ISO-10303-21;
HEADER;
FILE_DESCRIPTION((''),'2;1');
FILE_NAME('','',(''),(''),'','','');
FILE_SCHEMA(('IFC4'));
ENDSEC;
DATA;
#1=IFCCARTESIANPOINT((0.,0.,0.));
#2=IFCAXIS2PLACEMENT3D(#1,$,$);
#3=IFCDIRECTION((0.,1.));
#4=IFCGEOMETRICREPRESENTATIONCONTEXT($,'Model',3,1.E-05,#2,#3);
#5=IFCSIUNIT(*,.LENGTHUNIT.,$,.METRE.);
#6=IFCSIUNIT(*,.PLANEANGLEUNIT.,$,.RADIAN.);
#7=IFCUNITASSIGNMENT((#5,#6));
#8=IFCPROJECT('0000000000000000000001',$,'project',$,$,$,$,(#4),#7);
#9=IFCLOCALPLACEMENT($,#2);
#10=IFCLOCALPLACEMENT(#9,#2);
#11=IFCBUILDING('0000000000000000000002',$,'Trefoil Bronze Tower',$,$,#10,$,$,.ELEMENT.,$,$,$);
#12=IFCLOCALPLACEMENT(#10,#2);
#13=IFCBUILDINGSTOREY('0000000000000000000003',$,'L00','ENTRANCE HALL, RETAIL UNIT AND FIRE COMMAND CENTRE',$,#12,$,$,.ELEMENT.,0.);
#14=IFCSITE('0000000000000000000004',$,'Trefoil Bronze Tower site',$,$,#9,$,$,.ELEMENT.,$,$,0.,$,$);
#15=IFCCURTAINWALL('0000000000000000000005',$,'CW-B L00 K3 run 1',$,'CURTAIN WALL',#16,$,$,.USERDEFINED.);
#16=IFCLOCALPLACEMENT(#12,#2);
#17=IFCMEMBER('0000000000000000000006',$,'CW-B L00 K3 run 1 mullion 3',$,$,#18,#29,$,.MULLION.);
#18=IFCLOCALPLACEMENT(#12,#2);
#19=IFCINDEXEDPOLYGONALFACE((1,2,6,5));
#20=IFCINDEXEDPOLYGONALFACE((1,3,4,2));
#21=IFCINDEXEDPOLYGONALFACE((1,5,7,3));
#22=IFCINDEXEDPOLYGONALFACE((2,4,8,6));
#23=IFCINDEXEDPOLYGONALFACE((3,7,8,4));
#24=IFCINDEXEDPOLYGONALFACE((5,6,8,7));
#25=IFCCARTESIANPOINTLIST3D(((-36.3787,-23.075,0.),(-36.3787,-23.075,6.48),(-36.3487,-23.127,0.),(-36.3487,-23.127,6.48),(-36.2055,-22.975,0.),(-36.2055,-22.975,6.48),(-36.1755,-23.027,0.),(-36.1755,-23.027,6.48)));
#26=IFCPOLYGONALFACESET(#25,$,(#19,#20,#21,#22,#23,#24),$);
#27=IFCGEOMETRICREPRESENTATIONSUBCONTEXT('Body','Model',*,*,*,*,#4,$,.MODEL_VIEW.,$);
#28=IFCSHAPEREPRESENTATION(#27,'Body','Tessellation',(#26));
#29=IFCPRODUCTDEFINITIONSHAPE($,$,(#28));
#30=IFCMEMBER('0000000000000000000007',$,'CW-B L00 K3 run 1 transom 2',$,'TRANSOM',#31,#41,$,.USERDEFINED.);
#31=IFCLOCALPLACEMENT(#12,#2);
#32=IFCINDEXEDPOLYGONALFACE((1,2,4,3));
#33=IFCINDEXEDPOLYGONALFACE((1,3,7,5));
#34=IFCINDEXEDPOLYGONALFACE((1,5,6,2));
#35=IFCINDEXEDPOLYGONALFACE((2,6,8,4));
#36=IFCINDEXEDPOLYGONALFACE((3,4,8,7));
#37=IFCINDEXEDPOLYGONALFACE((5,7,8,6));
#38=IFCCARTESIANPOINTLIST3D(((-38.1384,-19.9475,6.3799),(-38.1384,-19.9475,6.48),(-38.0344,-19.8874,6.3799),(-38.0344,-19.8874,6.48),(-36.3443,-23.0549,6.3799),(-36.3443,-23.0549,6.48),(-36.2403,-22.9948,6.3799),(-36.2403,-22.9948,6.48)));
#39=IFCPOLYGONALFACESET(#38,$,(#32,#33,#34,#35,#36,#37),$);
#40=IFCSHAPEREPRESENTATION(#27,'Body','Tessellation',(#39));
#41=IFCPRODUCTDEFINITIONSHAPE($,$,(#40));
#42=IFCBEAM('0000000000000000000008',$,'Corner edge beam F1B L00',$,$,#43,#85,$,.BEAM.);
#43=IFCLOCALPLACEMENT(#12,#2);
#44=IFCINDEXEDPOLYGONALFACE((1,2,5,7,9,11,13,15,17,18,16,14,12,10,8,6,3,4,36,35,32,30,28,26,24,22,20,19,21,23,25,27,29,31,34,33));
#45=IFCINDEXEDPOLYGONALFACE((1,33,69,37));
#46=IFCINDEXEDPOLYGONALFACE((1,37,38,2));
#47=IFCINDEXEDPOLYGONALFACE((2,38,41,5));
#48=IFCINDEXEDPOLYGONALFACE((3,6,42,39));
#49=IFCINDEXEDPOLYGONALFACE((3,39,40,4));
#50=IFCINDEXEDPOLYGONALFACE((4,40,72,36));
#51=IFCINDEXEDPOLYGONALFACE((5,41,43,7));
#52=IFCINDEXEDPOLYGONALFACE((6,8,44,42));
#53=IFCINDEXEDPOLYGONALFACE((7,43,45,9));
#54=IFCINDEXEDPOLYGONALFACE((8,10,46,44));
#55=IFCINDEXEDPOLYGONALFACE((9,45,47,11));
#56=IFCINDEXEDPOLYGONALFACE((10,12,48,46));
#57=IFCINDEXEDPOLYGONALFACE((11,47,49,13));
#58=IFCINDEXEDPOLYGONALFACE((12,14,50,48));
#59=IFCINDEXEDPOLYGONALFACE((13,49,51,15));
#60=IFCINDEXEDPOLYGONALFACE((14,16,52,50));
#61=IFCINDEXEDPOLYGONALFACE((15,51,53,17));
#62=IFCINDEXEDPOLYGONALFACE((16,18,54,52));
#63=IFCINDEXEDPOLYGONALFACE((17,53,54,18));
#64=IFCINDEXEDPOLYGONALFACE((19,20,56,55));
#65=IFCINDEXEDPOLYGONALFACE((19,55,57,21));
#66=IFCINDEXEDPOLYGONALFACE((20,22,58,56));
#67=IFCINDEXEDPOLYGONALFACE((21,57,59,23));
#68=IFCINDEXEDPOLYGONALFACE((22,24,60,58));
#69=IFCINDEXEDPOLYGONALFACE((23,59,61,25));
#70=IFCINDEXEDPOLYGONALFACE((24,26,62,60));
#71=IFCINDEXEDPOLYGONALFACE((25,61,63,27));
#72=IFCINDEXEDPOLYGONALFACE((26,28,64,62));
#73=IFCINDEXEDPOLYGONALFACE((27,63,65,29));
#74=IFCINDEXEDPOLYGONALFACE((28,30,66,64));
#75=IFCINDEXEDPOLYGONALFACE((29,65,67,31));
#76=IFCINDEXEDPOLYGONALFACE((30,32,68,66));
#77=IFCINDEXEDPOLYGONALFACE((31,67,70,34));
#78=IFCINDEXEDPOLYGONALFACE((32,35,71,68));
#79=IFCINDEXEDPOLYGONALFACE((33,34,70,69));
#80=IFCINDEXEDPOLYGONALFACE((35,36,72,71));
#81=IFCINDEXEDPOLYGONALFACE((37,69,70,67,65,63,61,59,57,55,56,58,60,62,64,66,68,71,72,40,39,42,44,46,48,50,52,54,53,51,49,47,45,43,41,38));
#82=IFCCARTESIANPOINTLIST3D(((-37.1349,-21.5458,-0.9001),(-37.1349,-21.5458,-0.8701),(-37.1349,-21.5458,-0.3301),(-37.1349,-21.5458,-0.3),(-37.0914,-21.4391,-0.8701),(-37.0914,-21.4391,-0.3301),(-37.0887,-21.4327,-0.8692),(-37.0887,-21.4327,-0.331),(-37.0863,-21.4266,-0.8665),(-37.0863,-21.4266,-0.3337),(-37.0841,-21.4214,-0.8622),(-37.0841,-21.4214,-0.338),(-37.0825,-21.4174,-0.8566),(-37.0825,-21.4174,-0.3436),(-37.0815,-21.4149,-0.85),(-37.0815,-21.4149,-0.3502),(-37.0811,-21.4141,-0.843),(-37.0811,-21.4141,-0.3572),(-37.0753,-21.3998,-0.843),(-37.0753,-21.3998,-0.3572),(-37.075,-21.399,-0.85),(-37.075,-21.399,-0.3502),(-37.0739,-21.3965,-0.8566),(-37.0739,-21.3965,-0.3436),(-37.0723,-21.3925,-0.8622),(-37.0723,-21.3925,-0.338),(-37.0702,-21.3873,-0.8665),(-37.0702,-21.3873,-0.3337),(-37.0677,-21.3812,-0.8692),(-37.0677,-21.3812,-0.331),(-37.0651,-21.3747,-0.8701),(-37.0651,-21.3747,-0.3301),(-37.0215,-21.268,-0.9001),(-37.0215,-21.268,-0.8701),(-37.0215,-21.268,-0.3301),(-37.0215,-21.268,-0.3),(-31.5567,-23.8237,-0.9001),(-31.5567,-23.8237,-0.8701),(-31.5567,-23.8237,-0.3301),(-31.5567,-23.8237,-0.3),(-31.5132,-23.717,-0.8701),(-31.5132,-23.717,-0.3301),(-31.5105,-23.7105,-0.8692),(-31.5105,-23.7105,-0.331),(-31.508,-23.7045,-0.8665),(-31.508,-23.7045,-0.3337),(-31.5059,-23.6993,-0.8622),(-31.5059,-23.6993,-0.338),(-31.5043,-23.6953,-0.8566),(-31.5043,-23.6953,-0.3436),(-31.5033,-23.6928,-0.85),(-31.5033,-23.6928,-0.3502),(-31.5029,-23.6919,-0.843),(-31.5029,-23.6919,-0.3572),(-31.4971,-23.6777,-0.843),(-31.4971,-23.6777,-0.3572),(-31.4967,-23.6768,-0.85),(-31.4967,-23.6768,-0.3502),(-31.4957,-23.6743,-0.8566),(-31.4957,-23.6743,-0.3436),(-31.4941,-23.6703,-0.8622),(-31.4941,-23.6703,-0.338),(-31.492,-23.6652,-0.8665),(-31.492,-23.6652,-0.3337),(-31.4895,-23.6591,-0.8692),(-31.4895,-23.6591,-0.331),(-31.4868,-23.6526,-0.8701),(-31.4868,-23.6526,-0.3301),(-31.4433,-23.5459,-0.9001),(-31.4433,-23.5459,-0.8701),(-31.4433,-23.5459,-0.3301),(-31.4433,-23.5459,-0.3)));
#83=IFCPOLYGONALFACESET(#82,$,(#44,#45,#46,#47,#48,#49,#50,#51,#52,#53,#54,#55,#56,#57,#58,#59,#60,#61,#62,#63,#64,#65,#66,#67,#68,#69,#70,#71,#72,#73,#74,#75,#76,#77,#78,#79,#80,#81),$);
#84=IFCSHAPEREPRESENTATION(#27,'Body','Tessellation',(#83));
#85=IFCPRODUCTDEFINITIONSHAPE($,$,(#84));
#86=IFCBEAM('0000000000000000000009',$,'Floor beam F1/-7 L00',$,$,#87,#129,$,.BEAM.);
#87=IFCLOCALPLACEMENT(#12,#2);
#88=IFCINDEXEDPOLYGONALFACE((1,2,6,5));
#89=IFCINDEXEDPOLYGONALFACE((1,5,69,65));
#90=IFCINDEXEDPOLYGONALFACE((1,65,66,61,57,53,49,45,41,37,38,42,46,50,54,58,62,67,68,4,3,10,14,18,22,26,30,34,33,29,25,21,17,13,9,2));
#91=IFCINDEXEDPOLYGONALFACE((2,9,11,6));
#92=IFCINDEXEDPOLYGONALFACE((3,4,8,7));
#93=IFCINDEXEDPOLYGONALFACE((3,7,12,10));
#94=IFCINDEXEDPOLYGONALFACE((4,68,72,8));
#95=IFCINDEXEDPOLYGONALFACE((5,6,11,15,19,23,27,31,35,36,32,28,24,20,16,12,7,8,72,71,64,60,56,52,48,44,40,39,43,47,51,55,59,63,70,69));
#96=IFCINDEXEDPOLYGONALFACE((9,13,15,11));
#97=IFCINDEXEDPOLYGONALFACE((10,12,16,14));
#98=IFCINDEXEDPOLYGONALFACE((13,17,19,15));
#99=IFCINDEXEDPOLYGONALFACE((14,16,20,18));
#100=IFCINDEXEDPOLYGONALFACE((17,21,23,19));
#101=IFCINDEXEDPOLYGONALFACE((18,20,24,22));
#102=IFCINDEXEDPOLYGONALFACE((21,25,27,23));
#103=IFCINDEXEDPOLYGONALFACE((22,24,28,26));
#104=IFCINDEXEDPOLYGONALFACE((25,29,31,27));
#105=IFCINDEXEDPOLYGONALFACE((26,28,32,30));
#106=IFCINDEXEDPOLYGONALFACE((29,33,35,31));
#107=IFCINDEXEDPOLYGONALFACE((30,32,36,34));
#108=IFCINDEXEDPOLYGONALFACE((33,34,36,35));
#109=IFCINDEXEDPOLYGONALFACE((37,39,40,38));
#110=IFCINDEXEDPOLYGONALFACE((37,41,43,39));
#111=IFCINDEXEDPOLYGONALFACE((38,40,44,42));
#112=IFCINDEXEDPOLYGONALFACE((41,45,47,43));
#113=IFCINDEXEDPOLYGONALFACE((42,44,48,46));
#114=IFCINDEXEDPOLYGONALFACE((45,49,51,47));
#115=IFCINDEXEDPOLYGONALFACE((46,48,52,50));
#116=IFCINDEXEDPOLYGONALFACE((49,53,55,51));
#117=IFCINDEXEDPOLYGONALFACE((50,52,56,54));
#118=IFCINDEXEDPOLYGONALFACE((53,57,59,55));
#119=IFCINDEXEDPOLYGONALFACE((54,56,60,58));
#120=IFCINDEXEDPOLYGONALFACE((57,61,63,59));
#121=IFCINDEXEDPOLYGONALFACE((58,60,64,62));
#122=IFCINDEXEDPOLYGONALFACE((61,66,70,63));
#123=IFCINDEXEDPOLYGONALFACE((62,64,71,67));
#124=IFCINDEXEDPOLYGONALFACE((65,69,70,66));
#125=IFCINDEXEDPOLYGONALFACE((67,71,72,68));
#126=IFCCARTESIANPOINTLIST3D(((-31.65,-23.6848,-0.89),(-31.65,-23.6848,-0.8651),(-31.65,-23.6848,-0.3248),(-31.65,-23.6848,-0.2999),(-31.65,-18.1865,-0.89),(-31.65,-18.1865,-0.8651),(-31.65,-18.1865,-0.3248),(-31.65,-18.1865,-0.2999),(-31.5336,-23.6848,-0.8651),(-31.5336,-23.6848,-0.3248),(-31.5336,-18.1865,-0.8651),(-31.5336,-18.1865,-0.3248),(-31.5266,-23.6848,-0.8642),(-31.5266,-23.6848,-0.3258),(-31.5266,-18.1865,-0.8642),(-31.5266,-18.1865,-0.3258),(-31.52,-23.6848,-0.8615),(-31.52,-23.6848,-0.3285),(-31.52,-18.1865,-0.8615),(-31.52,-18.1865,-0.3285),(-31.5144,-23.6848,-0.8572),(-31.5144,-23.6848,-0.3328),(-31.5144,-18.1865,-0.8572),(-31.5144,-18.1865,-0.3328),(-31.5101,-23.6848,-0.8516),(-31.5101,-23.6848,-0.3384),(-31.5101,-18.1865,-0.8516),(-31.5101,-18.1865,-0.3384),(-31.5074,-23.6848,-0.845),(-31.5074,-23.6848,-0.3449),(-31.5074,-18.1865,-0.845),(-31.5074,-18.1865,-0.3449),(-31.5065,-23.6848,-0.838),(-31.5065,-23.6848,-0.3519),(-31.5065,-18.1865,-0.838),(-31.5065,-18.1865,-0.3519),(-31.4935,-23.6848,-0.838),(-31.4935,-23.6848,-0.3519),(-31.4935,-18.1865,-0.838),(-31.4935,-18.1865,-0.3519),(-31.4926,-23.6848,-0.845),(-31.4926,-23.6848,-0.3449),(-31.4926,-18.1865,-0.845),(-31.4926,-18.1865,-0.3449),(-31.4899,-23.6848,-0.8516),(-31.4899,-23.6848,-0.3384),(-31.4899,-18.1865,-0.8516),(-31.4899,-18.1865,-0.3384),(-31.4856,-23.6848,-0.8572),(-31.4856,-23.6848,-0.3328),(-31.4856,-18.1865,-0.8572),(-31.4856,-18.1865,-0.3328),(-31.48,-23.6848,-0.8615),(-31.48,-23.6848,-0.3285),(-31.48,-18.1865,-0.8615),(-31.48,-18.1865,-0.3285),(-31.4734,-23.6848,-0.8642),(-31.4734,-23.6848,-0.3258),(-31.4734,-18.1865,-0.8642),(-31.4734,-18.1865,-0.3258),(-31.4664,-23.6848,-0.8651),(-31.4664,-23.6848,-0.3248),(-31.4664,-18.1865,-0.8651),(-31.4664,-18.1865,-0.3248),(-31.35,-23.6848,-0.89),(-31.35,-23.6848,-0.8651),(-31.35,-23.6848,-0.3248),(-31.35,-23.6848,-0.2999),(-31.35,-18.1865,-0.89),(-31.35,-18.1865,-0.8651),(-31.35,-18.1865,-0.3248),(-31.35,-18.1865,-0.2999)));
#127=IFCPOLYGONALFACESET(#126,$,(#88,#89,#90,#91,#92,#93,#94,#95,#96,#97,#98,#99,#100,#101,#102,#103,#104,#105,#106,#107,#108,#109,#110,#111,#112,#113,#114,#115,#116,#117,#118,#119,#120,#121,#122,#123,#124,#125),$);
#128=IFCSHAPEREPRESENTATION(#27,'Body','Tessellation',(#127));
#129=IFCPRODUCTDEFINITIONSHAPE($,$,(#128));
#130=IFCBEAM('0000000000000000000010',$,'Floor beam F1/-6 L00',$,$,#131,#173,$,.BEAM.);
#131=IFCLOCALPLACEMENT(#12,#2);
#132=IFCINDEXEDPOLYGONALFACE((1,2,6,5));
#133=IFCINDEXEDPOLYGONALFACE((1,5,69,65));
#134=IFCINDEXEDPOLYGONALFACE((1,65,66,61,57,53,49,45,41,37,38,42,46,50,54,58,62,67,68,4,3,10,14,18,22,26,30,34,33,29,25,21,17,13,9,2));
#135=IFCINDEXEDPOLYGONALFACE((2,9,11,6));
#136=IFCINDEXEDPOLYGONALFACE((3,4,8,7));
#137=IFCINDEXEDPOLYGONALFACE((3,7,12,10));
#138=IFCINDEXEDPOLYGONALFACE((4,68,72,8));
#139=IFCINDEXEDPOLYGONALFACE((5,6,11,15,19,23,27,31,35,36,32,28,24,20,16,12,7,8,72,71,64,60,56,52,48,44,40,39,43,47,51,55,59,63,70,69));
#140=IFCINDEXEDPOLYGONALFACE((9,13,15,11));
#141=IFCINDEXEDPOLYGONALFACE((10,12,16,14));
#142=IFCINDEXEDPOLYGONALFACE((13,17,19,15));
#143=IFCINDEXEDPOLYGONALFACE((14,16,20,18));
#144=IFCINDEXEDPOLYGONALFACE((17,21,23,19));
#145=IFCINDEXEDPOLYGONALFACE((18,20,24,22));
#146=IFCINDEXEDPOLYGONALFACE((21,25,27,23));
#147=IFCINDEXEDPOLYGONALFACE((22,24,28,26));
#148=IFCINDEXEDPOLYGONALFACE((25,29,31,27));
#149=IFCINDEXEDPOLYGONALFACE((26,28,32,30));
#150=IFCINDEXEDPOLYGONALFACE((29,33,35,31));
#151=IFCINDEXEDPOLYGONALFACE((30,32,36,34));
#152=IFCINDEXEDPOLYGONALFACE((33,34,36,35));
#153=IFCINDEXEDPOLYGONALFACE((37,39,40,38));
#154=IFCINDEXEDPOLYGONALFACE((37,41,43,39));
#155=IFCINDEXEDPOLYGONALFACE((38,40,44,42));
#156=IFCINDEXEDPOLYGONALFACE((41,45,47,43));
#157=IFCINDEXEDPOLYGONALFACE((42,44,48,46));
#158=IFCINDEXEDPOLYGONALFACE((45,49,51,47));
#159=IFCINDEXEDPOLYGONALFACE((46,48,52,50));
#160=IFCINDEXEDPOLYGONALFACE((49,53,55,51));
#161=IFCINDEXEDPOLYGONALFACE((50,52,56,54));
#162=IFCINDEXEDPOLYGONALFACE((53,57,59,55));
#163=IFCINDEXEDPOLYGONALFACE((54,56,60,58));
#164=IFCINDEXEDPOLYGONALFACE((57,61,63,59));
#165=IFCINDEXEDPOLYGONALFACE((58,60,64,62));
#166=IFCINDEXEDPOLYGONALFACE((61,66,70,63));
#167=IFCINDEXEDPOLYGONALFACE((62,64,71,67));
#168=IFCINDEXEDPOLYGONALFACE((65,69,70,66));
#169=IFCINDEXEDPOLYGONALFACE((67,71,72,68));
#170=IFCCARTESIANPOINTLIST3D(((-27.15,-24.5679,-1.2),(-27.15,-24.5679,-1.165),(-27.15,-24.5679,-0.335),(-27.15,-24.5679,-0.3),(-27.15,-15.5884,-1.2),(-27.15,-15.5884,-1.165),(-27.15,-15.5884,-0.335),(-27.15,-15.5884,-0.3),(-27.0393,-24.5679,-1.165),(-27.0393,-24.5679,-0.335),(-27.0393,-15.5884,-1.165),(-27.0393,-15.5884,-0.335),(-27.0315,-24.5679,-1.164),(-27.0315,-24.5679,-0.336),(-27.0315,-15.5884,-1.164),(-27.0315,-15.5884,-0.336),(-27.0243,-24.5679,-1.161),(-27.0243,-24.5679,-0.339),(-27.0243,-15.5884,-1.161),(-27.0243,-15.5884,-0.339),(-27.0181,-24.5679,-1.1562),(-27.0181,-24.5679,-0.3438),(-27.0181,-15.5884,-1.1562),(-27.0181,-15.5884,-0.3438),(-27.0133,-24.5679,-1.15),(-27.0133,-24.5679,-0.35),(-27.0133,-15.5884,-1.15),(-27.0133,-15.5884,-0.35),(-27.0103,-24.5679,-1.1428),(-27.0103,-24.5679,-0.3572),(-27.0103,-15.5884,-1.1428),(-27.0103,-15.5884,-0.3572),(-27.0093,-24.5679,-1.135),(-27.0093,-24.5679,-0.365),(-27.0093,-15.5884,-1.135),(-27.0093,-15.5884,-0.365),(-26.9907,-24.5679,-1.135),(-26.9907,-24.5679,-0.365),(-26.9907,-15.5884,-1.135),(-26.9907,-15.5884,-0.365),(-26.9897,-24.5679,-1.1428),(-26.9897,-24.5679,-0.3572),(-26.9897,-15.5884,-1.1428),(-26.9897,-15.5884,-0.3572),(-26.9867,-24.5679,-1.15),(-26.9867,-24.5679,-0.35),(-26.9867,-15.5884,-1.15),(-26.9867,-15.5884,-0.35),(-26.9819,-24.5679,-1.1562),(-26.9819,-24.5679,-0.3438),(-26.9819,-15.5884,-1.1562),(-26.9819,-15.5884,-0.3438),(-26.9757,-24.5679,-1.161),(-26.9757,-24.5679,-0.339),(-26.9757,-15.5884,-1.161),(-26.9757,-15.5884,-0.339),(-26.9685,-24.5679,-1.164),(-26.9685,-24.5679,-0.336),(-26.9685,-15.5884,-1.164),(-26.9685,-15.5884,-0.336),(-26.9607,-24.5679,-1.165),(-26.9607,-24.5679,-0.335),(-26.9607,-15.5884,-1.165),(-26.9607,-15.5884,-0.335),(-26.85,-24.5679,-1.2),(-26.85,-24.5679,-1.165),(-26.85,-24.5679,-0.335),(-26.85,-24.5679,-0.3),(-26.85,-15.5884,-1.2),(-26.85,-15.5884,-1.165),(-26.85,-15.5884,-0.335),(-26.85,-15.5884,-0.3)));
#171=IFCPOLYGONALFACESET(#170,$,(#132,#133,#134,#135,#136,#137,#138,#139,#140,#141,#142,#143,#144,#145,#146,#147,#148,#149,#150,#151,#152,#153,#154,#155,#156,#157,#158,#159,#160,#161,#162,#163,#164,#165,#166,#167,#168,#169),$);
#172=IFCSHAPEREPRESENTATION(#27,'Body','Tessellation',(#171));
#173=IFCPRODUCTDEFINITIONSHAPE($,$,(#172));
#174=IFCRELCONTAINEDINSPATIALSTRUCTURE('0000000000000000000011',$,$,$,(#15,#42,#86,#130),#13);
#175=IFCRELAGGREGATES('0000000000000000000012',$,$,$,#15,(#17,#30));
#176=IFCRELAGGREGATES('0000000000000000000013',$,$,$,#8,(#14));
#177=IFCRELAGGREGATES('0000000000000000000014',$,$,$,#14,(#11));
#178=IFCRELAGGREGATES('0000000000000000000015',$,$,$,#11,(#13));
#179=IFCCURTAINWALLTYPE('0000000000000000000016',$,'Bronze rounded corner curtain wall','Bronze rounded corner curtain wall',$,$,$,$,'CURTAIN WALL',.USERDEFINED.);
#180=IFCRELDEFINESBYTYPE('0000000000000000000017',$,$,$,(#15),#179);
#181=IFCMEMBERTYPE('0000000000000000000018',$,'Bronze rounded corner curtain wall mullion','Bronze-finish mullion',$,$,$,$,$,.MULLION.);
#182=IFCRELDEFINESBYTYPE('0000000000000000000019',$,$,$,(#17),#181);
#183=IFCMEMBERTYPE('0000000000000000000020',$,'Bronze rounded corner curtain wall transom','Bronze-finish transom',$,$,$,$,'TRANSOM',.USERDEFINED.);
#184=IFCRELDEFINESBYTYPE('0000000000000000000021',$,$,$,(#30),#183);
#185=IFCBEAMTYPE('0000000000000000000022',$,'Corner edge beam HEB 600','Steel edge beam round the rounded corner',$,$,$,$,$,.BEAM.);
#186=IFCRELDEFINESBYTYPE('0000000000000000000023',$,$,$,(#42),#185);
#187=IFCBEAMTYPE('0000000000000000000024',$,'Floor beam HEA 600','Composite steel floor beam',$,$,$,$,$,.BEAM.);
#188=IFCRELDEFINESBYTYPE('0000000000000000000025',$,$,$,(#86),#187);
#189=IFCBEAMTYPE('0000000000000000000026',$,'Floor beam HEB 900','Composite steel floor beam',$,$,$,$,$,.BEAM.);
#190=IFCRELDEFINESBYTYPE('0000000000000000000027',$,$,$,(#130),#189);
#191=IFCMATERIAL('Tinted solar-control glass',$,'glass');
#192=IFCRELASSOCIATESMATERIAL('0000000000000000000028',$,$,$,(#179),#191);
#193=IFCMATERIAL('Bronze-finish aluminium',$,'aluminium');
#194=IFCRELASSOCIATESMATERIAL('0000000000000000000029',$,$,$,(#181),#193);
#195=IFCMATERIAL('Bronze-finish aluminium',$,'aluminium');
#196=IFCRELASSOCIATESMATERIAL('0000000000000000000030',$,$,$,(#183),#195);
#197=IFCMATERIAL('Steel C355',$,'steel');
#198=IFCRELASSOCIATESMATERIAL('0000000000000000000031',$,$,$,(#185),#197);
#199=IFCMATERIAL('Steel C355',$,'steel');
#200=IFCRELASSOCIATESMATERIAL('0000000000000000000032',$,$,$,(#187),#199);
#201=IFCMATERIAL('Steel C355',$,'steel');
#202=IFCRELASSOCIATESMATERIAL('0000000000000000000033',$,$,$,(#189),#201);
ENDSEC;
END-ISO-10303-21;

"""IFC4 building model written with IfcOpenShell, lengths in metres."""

from ifc_helpers import new_model, si_unit, direction, frame, origin, origin_2d, place, context, subcontext, project, spatial, rectangle, i_section, extrude, material, material_profile, profile_set, type_object, element, aggregate, save


model = new_model("IFC4")

# Units and contexts
model_context = context("Model", 3, precision=1e-05, world=origin(), true_north=direction((0.0, 1.0)))
body_context = subcontext(model_context, "Body", "Model", "MODEL_VIEW")
ifc_project = project(units=[si_unit("LENGTHUNIT", "METRE"), si_unit("PLANEANGLEUNIT", "RADIAN")], contexts=[model_context])

# Site, building, storey
site_placement = place(None, origin())
site = spatial("IfcSite", under=ifc_project, at=site_placement, Name="Trefoil Bronze Tower site", CompositionType="ELEMENT", RefElevation=0.0)
building_placement = place(site_placement, origin())
building = spatial("IfcBuilding", under=site, at=building_placement, Name="Trefoil Bronze Tower", CompositionType="ELEMENT")
storey_placement = place(building_placement, origin())
storey = spatial("IfcBuildingStorey", under=building, at=storey_placement, Name="L00", Description="ENTRANCE HALL, RETAIL UNIT AND FIRE COMMAND CENTRE", CompositionType="ELEMENT", Elevation=0.0)

# Curtain wall, members
ifc_material_1 = material(Name="Tinted solar-control glass", Category="glass")
curtain_wall_type_1 = type_object("IfcCurtainWallType", Name="Bronze rounded corner curtain wall", Description="Bronze rounded corner curtain wall", ElementType="CURTAIN WALL", PredefinedType="USERDEFINED", material=ifc_material_1)
curtain_wall_1_placement = place(storey_placement, origin())
curtain_wall_1 = element("IfcCurtainWall", 1, at=curtain_wall_1_placement, inside=storey, type_object=curtain_wall_type_1, Name="CW-B L00 K3 run 1", ObjectType="CURTAIN WALL", PredefinedType="USERDEFINED")
ifc_material_2 = material(Name="Bronze-finish aluminium", Category="aluminium")
ifc_material_profile_1 = material_profile(ifc_material_2, rectangle(XDim=0.2, YDim=0.0601, at=origin_2d()), Name="CW-B mullion")
ifc_profile_set_1 = profile_set([ifc_material_profile_1], Name="Bronze-finish aluminium")
member_type_1 = type_object("IfcMemberType", Name="Bronze rounded corner curtain wall mullion", Description="Bronze-finish mullion", PredefinedType="MULLION", material=ifc_profile_set_1)
member_1_placement = place(storey_placement, frame((-36.2771, -23.051, 0.0), z_axis=(0.0, 0.0, 1.0), x_axis=(0.866025, 0.5, 0.0)))
member_1 = element("IfcMember", 2, at=member_1_placement, type_object=member_type_1, Name="CW-B L00 K3 run 1 mullion 3", PredefinedType="MULLION", context=body_context, shape_type="SweptSolid", body=[
    extrude(rectangle(XDim=0.2, YDim=0.0601, at=origin_2d()), origin(), (0.0, 0.0, 1.0), 6.48),
])
ifc_material_3 = material(Name="Bronze-finish aluminium", Category="aluminium")
ifc_material_profile_2 = material_profile(ifc_material_3, rectangle(XDim=0.1201, YDim=0.1001, at=origin_2d()), Name="CW-B transom")
ifc_profile_set_2 = profile_set([ifc_material_profile_2], Name="Bronze-finish aluminium")
member_type_2 = type_object("IfcMemberType", Name="Bronze rounded corner curtain wall transom", Description="Bronze-finish transom", ElementType="TRANSOM", PredefinedType="USERDEFINED", material=ifc_profile_set_2)
member_2_placement = place(storey_placement, frame((-38.0864, -19.9175, 6.4299), z_axis=(0.500025, -0.866011, 0.0), x_axis=(0.866011, 0.500025, 0.0)))
member_2 = element("IfcMember", 3, at=member_2_placement, type_object=member_type_2, Name="CW-B L00 K3 run 1 transom 2", ObjectType="TRANSOM", PredefinedType="USERDEFINED", context=body_context, shape_type="SweptSolid", body=[
    extrude(rectangle(XDim=0.1201, YDim=0.1001, at=origin_2d()), origin(), (0.0, 0.0, 1.0), 3.5881),
])

# Beams
ifc_material_4 = material(Name="Steel C355", Category="steel")
ifc_material_profile_3 = material_profile(ifc_material_4, i_section(OverallWidth=0.3, OverallDepth=0.6001, WebThickness=0.0154, FlangeThickness=0.03, FilletRadius=0.0271, at=origin_2d()), Name="HEB 600")
ifc_profile_set_3 = profile_set([ifc_material_profile_3], Name="Steel C355")
beam_type_1 = type_object("IfcBeamType", Name="Corner edge beam HEB 600", Description="Steel edge beam round the rounded corner", PredefinedType="BEAM", material=ifc_profile_set_3)
beam_1_placement = place(storey_placement, frame((-31.5, -23.6848, -0.6001), z_axis=(-0.925787, 0.378046, 0.0), x_axis=(-0.378046, -0.925787, 0.0)))
element("IfcBeam", 4, at=beam_1_placement, inside=storey, type_object=beam_type_1, Name="Corner edge beam F1B L00", PredefinedType="BEAM", context=body_context, shape_type="SweptSolid", body=[
    extrude(i_section(OverallWidth=0.3, OverallDepth=0.6001, WebThickness=0.0154, FlangeThickness=0.03, FilletRadius=0.0271, at=origin_2d()), origin(), (0.0, 0.0, 1.0), 6.0254),
])
ifc_material_5 = material(Name="Steel C355", Category="steel")
ifc_material_profile_4 = material_profile(ifc_material_5, i_section(OverallWidth=0.3, OverallDepth=0.5901, WebThickness=0.0129, FlangeThickness=0.0249, FilletRadius=0.0271, at=origin_2d()), Name="HEA 600")
ifc_profile_set_4 = profile_set([ifc_material_profile_4], Name="Steel C355")
beam_type_2 = type_object("IfcBeamType", Name="Floor beam HEA 600", Description="Composite steel floor beam", PredefinedType="BEAM", material=ifc_profile_set_4)
beam_2_placement = place(storey_placement, frame((-31.5, -23.6848, -0.595), z_axis=(0.0, 1.0, 0.0), x_axis=(-1.0, 0.0, 0.0)))
element("IfcBeam", 5, at=beam_2_placement, inside=storey, type_object=beam_type_2, Name="Floor beam F1/-7 L00", PredefinedType="BEAM", context=body_context, shape_type="SweptSolid", body=[
    extrude(i_section(OverallWidth=0.3, OverallDepth=0.5901, WebThickness=0.0129, FlangeThickness=0.0249, FilletRadius=0.0271, at=origin_2d()), origin(), (0.0, 0.0, 1.0), 5.4983),
])
ifc_material_6 = material(Name="Steel C355", Category="steel")
ifc_material_profile_5 = material_profile(ifc_material_6, i_section(OverallWidth=0.3, OverallDepth=0.8999, WebThickness=0.0186, FlangeThickness=0.0349, FilletRadius=0.03, at=origin_2d()), Name="HEB 900")
ifc_profile_set_5 = profile_set([ifc_material_profile_5], Name="Steel C355")
beam_type_3 = type_object("IfcBeamType", Name="Floor beam HEB 900", Description="Composite steel floor beam", PredefinedType="BEAM", material=ifc_profile_set_5)
beam_3_placement = place(storey_placement, frame((-27.0, -24.5679, -0.75), z_axis=(0.0, 1.0, 0.0), x_axis=(-1.0, 0.0, 0.0)))
element("IfcBeam", 6, at=beam_3_placement, inside=storey, type_object=beam_type_3, Name="Floor beam F1/-6 L00", PredefinedType="BEAM", context=body_context, shape_type="SweptSolid", body=[
    extrude(i_section(OverallWidth=0.3, OverallDepth=0.8999, WebThickness=0.0186, FlangeThickness=0.0349, FilletRadius=0.03, at=origin_2d()), origin(), (0.0, 0.0, 1.0), 8.9795),
])

aggregate(curtain_wall_1, [member_1, member_2])

save(model, "model.ifc")
